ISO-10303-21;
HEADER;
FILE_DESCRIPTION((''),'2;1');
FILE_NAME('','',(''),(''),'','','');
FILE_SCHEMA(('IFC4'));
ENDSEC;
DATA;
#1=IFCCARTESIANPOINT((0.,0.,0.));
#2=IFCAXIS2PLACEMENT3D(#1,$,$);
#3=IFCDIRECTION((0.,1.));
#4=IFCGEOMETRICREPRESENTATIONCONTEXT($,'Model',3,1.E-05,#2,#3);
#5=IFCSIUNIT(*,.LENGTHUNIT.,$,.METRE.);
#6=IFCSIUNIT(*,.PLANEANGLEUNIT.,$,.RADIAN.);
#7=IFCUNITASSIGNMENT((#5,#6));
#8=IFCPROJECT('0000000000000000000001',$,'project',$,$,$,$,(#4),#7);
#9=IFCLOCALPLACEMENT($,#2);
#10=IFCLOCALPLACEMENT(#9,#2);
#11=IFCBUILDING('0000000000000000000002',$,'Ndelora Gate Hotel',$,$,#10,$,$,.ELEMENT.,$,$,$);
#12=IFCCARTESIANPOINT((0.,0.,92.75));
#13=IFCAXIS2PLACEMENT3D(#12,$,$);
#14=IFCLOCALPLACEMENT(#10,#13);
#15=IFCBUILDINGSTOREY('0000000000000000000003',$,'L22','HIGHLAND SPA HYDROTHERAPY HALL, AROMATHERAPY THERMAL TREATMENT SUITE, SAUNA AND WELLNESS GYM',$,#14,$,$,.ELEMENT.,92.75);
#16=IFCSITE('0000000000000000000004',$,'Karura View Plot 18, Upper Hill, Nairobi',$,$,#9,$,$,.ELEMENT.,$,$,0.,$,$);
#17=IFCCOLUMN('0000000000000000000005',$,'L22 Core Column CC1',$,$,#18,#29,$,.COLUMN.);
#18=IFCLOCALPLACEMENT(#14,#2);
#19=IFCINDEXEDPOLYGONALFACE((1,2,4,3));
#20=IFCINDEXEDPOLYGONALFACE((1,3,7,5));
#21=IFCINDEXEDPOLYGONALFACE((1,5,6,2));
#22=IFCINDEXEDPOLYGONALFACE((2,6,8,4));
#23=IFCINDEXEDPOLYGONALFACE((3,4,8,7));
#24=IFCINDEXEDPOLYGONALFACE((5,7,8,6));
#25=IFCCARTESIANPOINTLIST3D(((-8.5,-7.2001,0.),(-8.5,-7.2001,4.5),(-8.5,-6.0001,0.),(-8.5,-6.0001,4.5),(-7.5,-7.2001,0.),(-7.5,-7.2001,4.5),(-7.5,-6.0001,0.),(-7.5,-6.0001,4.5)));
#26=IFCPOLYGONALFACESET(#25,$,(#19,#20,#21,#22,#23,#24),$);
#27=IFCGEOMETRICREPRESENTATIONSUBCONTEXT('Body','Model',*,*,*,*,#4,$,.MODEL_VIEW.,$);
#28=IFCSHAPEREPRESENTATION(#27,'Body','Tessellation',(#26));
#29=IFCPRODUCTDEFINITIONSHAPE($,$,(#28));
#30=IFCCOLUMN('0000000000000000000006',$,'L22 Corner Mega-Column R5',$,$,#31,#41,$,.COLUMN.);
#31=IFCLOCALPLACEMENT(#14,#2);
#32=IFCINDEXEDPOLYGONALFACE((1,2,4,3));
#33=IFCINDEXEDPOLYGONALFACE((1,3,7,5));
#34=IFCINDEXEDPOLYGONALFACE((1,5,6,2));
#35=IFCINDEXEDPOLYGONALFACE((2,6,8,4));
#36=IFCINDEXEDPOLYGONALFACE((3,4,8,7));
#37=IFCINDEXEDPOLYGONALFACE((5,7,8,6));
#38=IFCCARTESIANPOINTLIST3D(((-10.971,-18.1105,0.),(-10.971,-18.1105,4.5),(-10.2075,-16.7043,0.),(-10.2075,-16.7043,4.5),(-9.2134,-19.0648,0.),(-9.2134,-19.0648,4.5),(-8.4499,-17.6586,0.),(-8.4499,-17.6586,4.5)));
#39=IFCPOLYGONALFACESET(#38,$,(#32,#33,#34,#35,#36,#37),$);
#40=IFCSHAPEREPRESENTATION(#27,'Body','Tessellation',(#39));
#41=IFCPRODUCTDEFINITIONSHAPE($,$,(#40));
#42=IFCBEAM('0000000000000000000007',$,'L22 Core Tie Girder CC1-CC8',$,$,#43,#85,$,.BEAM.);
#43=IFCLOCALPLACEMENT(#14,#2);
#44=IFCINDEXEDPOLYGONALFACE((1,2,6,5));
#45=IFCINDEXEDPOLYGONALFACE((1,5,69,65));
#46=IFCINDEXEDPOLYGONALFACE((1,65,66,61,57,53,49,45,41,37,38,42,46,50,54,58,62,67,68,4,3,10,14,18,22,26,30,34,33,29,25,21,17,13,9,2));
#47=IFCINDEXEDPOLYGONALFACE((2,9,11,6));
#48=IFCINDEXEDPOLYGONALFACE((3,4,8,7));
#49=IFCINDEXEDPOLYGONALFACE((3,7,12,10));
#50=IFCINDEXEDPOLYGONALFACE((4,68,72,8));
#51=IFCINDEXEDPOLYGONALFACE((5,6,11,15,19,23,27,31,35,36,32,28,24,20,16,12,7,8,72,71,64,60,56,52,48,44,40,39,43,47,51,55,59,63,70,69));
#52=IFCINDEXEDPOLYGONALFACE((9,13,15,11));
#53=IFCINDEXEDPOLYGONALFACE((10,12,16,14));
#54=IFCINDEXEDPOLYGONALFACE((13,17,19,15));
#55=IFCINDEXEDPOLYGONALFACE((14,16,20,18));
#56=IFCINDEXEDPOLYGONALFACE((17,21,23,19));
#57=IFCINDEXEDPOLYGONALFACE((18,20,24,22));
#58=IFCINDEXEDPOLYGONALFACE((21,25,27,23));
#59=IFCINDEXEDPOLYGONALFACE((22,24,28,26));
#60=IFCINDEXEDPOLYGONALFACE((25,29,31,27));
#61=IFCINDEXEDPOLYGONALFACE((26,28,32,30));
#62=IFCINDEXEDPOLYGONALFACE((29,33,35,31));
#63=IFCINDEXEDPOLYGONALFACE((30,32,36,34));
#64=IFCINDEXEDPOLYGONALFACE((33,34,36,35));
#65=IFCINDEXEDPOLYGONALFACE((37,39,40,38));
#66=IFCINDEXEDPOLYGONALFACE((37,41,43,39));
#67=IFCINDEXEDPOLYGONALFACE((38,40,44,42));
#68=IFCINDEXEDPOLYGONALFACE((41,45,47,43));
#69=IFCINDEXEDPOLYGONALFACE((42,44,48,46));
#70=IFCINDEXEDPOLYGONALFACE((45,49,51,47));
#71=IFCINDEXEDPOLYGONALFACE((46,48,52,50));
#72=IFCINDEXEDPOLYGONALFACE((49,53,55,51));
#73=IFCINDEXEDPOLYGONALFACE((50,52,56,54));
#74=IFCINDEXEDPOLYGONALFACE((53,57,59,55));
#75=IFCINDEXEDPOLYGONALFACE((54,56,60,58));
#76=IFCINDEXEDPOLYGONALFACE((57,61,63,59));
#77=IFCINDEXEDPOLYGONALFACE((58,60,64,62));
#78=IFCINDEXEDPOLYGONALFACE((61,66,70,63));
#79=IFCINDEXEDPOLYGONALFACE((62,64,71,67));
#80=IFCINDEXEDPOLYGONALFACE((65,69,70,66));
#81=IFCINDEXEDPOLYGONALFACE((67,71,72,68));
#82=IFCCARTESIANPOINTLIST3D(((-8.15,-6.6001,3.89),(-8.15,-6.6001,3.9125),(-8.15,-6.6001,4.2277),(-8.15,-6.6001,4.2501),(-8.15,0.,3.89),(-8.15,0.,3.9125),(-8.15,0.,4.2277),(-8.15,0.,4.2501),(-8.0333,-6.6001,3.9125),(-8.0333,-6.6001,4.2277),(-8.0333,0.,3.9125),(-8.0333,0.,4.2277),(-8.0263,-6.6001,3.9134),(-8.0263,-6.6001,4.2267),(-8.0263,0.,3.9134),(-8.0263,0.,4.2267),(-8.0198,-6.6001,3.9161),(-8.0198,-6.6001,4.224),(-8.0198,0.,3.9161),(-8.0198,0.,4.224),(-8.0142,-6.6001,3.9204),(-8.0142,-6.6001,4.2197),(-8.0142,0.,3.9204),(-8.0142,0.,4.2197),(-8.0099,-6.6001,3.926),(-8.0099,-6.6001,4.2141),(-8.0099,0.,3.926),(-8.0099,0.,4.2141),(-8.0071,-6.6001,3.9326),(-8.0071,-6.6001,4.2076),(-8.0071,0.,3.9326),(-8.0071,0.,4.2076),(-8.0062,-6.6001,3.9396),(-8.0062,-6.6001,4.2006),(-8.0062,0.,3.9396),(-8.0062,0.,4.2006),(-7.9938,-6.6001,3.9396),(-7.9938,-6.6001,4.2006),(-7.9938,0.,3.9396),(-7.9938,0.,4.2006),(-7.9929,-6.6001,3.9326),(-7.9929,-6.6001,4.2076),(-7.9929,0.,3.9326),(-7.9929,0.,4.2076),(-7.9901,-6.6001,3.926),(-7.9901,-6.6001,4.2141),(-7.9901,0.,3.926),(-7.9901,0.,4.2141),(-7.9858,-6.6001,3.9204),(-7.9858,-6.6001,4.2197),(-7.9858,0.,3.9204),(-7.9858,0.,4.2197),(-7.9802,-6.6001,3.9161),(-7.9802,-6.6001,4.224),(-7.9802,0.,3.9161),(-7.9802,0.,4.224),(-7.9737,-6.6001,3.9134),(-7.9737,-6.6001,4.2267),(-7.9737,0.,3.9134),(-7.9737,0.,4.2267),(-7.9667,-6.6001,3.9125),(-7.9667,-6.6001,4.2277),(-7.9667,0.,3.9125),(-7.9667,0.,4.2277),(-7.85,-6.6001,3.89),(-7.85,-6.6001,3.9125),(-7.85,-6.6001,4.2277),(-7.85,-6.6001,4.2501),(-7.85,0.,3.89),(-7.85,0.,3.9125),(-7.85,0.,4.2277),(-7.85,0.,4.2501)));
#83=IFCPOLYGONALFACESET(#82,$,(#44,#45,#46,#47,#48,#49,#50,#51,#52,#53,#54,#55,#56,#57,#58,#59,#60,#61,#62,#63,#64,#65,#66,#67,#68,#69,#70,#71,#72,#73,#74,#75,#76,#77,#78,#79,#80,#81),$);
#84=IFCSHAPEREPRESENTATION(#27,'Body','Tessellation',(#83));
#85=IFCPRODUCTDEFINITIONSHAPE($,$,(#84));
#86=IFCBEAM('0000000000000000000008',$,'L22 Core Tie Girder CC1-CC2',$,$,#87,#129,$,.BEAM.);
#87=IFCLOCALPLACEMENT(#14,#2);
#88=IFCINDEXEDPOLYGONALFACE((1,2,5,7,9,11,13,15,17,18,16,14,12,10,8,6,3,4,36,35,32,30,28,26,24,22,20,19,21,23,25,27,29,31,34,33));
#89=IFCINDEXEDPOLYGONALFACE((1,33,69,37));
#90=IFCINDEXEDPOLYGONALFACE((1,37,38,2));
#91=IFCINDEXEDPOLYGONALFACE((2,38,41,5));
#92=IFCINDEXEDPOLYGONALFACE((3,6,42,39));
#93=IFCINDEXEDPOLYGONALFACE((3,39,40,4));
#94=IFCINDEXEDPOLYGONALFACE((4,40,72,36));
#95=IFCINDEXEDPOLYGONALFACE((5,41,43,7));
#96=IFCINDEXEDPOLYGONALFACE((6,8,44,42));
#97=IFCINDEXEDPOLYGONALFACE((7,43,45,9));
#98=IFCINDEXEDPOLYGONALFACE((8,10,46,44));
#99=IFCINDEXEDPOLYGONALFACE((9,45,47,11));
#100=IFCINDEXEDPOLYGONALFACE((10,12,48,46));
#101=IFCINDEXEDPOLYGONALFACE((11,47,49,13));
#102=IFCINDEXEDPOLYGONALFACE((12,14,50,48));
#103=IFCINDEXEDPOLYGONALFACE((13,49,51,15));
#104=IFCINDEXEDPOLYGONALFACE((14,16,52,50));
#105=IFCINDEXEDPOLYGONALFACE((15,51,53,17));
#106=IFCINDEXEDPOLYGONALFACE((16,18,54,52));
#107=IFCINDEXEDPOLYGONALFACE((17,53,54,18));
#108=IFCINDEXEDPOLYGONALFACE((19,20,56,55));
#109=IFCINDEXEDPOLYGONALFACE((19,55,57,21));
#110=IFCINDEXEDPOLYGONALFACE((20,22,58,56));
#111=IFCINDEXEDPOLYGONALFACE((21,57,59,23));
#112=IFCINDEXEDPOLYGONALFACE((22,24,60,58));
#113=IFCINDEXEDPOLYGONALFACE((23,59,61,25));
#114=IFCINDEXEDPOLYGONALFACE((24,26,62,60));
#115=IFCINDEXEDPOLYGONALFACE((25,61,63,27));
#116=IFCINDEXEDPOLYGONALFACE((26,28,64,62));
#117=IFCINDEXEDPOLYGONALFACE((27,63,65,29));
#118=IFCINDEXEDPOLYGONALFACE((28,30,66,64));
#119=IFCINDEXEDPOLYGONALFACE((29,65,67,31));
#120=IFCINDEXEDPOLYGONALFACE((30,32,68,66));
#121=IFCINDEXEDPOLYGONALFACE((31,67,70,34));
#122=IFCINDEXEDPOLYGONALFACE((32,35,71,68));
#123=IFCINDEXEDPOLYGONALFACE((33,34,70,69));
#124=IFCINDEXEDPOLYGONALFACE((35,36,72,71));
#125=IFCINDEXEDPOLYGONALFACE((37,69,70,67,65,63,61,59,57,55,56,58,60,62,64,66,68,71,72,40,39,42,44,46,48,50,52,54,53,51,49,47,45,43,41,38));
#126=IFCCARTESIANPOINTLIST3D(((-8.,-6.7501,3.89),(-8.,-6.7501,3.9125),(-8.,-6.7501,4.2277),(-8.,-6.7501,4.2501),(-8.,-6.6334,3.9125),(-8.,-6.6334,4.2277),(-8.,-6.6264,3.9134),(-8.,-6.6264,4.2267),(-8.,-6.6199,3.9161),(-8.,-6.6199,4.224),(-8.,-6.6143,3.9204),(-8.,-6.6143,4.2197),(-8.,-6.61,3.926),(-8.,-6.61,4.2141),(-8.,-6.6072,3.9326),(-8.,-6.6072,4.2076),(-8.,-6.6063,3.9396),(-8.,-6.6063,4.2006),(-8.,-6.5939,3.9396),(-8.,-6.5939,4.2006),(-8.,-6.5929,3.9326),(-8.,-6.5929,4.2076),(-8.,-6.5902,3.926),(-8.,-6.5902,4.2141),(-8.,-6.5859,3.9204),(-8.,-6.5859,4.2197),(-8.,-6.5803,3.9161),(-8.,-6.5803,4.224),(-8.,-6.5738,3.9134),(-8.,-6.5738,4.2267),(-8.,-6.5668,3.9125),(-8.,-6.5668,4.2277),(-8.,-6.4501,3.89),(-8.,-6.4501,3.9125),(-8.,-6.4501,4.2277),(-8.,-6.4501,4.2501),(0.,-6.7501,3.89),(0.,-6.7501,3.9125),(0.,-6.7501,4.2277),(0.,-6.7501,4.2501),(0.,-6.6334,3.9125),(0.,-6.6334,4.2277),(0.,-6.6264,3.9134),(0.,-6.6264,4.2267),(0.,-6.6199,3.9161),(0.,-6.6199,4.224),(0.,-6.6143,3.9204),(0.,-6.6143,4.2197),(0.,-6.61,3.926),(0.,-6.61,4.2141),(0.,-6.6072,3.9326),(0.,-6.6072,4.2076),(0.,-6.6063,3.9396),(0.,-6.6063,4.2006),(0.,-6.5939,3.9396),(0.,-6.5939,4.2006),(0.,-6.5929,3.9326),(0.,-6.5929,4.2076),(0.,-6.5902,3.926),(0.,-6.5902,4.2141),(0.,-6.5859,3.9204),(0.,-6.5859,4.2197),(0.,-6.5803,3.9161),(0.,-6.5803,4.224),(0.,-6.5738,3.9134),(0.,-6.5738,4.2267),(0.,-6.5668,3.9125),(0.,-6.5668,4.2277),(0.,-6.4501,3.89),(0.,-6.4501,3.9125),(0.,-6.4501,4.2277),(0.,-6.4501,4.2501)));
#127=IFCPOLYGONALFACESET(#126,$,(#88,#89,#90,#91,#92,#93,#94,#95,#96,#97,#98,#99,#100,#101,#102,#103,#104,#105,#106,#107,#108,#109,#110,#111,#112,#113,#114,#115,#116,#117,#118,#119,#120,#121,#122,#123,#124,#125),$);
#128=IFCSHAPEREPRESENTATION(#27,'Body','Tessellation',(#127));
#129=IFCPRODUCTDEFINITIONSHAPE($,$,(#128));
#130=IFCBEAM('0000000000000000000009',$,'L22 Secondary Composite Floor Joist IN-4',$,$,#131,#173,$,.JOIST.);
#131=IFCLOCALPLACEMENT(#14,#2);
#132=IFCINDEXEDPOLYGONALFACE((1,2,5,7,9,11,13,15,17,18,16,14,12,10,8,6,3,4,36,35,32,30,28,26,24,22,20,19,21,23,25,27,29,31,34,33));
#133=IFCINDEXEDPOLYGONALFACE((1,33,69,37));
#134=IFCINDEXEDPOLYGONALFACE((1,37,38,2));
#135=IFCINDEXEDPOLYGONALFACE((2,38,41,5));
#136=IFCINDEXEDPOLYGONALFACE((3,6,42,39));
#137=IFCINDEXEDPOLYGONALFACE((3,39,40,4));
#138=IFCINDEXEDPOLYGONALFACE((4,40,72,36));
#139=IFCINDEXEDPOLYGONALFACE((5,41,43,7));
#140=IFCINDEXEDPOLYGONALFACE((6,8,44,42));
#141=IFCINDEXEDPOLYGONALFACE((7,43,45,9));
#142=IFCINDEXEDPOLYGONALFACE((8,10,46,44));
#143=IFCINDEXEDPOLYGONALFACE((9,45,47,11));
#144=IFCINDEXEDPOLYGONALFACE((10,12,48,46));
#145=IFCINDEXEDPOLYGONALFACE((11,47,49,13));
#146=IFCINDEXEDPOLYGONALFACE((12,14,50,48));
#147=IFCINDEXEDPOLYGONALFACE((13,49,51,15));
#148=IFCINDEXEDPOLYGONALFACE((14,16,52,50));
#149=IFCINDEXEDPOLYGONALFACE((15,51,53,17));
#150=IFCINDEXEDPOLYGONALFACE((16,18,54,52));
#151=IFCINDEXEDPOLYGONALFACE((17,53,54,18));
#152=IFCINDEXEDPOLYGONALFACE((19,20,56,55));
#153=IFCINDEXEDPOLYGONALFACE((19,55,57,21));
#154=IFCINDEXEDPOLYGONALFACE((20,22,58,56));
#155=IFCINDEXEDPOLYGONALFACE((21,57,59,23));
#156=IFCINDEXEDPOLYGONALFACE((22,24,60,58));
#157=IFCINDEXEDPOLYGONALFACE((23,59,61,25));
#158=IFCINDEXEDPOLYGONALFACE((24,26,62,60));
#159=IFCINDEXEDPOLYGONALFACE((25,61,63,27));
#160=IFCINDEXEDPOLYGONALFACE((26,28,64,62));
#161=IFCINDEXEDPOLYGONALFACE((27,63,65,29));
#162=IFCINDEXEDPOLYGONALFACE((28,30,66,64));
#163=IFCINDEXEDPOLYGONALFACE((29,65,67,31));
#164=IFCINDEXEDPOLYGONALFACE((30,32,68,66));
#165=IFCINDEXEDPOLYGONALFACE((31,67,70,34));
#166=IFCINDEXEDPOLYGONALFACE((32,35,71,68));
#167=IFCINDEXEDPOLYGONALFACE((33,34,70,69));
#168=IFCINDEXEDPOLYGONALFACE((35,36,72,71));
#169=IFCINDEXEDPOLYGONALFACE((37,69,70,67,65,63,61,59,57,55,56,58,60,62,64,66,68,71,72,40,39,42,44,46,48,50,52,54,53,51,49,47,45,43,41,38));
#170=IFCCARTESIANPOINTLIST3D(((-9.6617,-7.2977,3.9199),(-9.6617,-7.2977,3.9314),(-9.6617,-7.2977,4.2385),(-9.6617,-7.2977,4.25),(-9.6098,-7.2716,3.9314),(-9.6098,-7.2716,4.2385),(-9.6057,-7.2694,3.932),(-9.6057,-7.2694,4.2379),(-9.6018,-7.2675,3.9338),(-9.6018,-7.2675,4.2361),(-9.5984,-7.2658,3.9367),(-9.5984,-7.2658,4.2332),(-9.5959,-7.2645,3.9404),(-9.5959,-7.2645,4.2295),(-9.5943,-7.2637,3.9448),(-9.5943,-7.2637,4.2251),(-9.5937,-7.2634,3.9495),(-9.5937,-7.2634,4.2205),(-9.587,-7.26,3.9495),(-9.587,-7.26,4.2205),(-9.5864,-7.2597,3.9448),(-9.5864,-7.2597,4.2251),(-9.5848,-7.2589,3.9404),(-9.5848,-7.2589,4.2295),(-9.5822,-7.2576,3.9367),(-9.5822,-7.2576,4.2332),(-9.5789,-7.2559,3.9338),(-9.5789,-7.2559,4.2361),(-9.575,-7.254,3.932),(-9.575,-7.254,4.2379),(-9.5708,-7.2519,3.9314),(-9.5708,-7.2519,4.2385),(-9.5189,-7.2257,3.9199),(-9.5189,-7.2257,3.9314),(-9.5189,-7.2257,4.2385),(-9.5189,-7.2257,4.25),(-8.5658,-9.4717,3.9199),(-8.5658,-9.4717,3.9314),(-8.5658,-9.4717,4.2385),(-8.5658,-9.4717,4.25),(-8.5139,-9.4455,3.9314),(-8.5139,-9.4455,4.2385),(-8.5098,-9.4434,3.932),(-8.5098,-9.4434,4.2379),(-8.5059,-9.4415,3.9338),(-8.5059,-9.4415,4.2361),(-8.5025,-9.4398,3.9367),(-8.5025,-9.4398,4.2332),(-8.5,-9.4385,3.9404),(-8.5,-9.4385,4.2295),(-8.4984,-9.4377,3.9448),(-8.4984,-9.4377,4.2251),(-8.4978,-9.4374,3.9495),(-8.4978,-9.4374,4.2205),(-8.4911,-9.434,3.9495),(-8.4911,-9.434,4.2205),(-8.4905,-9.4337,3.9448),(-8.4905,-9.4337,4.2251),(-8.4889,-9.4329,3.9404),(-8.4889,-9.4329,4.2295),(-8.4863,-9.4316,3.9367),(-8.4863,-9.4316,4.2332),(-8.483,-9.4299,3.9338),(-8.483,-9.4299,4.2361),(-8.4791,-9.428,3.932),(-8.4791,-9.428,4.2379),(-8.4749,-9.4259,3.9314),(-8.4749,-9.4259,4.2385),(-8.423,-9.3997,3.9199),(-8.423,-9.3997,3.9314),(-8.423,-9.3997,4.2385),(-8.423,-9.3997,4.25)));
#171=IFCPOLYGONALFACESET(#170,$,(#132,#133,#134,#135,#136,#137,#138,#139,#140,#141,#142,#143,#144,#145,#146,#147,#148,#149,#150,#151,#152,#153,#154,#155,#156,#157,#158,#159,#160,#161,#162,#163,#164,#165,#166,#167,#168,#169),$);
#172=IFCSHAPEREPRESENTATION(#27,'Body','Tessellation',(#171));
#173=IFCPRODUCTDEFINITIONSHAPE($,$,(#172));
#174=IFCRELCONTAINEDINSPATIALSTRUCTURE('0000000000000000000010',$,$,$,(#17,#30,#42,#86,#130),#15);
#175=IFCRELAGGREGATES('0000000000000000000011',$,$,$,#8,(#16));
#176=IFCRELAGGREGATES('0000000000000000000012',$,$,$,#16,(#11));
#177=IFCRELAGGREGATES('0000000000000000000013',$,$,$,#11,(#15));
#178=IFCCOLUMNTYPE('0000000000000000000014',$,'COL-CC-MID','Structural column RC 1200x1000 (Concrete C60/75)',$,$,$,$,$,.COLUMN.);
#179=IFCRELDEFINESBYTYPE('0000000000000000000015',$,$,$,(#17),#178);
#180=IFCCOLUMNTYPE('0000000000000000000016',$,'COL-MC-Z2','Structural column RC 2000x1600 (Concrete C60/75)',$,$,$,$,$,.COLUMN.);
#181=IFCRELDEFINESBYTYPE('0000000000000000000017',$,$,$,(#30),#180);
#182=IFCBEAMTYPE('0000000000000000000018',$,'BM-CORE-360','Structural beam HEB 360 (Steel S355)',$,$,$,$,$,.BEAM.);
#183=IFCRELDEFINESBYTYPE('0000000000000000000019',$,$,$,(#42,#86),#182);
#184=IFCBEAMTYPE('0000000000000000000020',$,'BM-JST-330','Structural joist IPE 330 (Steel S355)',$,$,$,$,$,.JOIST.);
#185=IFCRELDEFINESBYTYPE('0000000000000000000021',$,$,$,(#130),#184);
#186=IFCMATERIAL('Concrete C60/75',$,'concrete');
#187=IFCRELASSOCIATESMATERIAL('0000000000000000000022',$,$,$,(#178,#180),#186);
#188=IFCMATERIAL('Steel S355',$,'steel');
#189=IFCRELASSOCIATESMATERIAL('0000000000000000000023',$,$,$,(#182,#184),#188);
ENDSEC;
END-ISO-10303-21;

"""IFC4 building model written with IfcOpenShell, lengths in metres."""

from ifc_helpers import new_model, si_unit, direction, frame, origin, origin_2d, place, context, subcontext, project, spatial, rectangle, i_section, extrude, material, material_profile, profile_set, type_object, element, save


model = new_model("IFC4")

# Units and contexts
model_context = context("Model", 3, precision=1e-05, world=origin(), true_north=direction((0.0, 1.0)))
body_context = subcontext(model_context, "Body", "Model", "MODEL_VIEW")
ifc_project = project(units=[si_unit("LENGTHUNIT", "METRE"), si_unit("PLANEANGLEUNIT", "RADIAN")], contexts=[model_context])

# Site, building, storey
site_placement = place(None, origin())
site = spatial("IfcSite", under=ifc_project, at=site_placement, Name="Karura View Plot 18, Upper Hill, Nairobi", CompositionType="ELEMENT", RefElevation=0.0)
building_placement = place(site_placement, origin())
building = spatial("IfcBuilding", under=site, at=building_placement, Name="Ndelora Gate Hotel", CompositionType="ELEMENT")
storey_placement = place(building_placement, frame((0.0, 0.0, 92.75)))
storey = spatial("IfcBuildingStorey", under=building, at=storey_placement, Name="L22", Description="HIGHLAND SPA HYDROTHERAPY HALL, AROMATHERAPY THERMAL TREATMENT SUITE, SAUNA AND WELLNESS GYM", CompositionType="ELEMENT", Elevation=92.75)

# Columns
ifc_material_1 = material(Name="Concrete C60/75", Category="concrete")
ifc_material_profile_1 = material_profile(ifc_material_1, rectangle(XDim=1.0, YDim=1.2, at=origin_2d()), Name="RC 1200x1000")
ifc_profile_set_1 = profile_set([ifc_material_profile_1], Name="Concrete C60/75")
column_type_1 = type_object("IfcColumnType", Name="COL-CC-MID", Description="Structural column RC 1200x1000 (Concrete C60/75)", PredefinedType="COLUMN", material=ifc_profile_set_1)
column_1_placement = place(storey_placement, frame((-8.0, -6.6001, 0.0), z_axis=(0.0, 0.0, 1.0), x_axis=(1.0, 0.0, 0.0)))
element("IfcColumn", 1, at=column_1_placement, inside=storey, type_object=column_type_1, Name="L22 Core Column CC1", PredefinedType="COLUMN", context=body_context, shape_type="SweptSolid", body=[
    extrude(rectangle(XDim=1.0, YDim=1.2, at=origin_2d()), origin(), (0.0, 0.0, 1.0), 4.5),
])
ifc_material_profile_2 = material_profile(ifc_material_1, rectangle(XDim=1.6001, YDim=2.0, at=origin_2d()), Name="RC 2000x1600")
ifc_profile_set_2 = profile_set([ifc_material_profile_2], Name="Concrete C60/75")
column_type_2 = type_object("IfcColumnType", Name="COL-MC-Z2", Description="Structural column RC 2000x1600 (Concrete C60/75)", PredefinedType="COLUMN", material=ifc_profile_set_2)
column_2_placement = place(storey_placement, frame((-9.7104, -17.8845, 0.0), z_axis=(0.0, 0.0, 1.0), x_axis=(0.477159, 0.878817, 0.0)))
element("IfcColumn", 2, at=column_2_placement, inside=storey, type_object=column_type_2, Name="L22 Corner Mega-Column R5", PredefinedType="COLUMN", context=body_context, shape_type="SweptSolid", body=[
    extrude(rectangle(XDim=1.6001, YDim=2.0, at=origin_2d()), origin(), (0.0, 0.0, 1.0), 4.5),
])

# Beams
ifc_material_2 = material(Name="Steel S355", Category="steel")
ifc_material_profile_3 = material_profile(ifc_material_2, i_section(OverallWidth=0.3, OverallDepth=0.3601, WebThickness=0.0125, FlangeThickness=0.0225, FilletRadius=0.0271, at=origin_2d()), Name="HEB 360")
ifc_profile_set_3 = profile_set([ifc_material_profile_3], Name="Steel S355")
beam_type_1 = type_object("IfcBeamType", Name="BM-CORE-360", Description="Structural beam HEB 360 (Steel S355)", PredefinedType="BEAM", material=ifc_profile_set_3)
beam_1_placement = place(storey_placement, frame((-8.0, -6.6001, 4.0701), z_axis=(0.0, 1.0, 0.0), x_axis=(-1.0, 0.0, 0.0)))
element("IfcBeam", 3, at=beam_1_placement, inside=storey, type_object=beam_type_1, Name="L22 Core Tie Girder CC1-CC8", PredefinedType="BEAM", context=body_context, shape_type="SweptSolid", body=[
    extrude(i_section(OverallWidth=0.3, OverallDepth=0.3601, WebThickness=0.0125, FlangeThickness=0.0225, FilletRadius=0.0271, at=origin_2d()), origin(), (0.0, 0.0, 1.0), 6.6001),
])
beam_2_placement = place(storey_placement, frame((-8.0, -6.6001, 4.0701), z_axis=(1.0, 0.0, 0.0), x_axis=(0.0, 1.0, 0.0)))
element("IfcBeam", 4, at=beam_2_placement, inside=storey, type_object=beam_type_1, Name="L22 Core Tie Girder CC1-CC2", PredefinedType="BEAM", context=body_context, shape_type="SweptSolid", body=[
    extrude(i_section(OverallWidth=0.3, OverallDepth=0.3601, WebThickness=0.0125, FlangeThickness=0.0225, FilletRadius=0.0271, at=origin_2d()), origin(), (0.0, 0.0, 1.0), 8.0),
])
ifc_material_profile_4 = material_profile(ifc_material_2, i_section(OverallWidth=0.1599, OverallDepth=0.3301, WebThickness=0.0076, FlangeThickness=0.0115, FilletRadius=0.0181, at=origin_2d()), Name="IPE 330")
ifc_profile_set_4 = profile_set([ifc_material_profile_4], Name="Steel S355")
beam_type_2 = type_object("IfcBeamType", Name="BM-JST-330", Description="Structural joist IPE 330 (Steel S355)", PredefinedType="JOIST", material=ifc_profile_set_4)
beam_3_placement = place(storey_placement, frame((-9.5903, -7.2617, 4.085), z_axis=(0.450139, -0.892958, 0.0), x_axis=(0.892958, 0.450139, 0.0)))
element("IfcBeam", 5, at=beam_3_placement, inside=storey, type_object=beam_type_2, Name="L22 Secondary Composite Floor Joist IN-4", PredefinedType="JOIST", context=body_context, shape_type="SweptSolid", body=[
    extrude(i_section(OverallWidth=0.1599, OverallDepth=0.3301, WebThickness=0.0076, FlangeThickness=0.0115, FilletRadius=0.0181, at=origin_2d()), origin(), (0.0, 0.0, 1.0), 2.4346),
])

save(model, "model.ifc")
